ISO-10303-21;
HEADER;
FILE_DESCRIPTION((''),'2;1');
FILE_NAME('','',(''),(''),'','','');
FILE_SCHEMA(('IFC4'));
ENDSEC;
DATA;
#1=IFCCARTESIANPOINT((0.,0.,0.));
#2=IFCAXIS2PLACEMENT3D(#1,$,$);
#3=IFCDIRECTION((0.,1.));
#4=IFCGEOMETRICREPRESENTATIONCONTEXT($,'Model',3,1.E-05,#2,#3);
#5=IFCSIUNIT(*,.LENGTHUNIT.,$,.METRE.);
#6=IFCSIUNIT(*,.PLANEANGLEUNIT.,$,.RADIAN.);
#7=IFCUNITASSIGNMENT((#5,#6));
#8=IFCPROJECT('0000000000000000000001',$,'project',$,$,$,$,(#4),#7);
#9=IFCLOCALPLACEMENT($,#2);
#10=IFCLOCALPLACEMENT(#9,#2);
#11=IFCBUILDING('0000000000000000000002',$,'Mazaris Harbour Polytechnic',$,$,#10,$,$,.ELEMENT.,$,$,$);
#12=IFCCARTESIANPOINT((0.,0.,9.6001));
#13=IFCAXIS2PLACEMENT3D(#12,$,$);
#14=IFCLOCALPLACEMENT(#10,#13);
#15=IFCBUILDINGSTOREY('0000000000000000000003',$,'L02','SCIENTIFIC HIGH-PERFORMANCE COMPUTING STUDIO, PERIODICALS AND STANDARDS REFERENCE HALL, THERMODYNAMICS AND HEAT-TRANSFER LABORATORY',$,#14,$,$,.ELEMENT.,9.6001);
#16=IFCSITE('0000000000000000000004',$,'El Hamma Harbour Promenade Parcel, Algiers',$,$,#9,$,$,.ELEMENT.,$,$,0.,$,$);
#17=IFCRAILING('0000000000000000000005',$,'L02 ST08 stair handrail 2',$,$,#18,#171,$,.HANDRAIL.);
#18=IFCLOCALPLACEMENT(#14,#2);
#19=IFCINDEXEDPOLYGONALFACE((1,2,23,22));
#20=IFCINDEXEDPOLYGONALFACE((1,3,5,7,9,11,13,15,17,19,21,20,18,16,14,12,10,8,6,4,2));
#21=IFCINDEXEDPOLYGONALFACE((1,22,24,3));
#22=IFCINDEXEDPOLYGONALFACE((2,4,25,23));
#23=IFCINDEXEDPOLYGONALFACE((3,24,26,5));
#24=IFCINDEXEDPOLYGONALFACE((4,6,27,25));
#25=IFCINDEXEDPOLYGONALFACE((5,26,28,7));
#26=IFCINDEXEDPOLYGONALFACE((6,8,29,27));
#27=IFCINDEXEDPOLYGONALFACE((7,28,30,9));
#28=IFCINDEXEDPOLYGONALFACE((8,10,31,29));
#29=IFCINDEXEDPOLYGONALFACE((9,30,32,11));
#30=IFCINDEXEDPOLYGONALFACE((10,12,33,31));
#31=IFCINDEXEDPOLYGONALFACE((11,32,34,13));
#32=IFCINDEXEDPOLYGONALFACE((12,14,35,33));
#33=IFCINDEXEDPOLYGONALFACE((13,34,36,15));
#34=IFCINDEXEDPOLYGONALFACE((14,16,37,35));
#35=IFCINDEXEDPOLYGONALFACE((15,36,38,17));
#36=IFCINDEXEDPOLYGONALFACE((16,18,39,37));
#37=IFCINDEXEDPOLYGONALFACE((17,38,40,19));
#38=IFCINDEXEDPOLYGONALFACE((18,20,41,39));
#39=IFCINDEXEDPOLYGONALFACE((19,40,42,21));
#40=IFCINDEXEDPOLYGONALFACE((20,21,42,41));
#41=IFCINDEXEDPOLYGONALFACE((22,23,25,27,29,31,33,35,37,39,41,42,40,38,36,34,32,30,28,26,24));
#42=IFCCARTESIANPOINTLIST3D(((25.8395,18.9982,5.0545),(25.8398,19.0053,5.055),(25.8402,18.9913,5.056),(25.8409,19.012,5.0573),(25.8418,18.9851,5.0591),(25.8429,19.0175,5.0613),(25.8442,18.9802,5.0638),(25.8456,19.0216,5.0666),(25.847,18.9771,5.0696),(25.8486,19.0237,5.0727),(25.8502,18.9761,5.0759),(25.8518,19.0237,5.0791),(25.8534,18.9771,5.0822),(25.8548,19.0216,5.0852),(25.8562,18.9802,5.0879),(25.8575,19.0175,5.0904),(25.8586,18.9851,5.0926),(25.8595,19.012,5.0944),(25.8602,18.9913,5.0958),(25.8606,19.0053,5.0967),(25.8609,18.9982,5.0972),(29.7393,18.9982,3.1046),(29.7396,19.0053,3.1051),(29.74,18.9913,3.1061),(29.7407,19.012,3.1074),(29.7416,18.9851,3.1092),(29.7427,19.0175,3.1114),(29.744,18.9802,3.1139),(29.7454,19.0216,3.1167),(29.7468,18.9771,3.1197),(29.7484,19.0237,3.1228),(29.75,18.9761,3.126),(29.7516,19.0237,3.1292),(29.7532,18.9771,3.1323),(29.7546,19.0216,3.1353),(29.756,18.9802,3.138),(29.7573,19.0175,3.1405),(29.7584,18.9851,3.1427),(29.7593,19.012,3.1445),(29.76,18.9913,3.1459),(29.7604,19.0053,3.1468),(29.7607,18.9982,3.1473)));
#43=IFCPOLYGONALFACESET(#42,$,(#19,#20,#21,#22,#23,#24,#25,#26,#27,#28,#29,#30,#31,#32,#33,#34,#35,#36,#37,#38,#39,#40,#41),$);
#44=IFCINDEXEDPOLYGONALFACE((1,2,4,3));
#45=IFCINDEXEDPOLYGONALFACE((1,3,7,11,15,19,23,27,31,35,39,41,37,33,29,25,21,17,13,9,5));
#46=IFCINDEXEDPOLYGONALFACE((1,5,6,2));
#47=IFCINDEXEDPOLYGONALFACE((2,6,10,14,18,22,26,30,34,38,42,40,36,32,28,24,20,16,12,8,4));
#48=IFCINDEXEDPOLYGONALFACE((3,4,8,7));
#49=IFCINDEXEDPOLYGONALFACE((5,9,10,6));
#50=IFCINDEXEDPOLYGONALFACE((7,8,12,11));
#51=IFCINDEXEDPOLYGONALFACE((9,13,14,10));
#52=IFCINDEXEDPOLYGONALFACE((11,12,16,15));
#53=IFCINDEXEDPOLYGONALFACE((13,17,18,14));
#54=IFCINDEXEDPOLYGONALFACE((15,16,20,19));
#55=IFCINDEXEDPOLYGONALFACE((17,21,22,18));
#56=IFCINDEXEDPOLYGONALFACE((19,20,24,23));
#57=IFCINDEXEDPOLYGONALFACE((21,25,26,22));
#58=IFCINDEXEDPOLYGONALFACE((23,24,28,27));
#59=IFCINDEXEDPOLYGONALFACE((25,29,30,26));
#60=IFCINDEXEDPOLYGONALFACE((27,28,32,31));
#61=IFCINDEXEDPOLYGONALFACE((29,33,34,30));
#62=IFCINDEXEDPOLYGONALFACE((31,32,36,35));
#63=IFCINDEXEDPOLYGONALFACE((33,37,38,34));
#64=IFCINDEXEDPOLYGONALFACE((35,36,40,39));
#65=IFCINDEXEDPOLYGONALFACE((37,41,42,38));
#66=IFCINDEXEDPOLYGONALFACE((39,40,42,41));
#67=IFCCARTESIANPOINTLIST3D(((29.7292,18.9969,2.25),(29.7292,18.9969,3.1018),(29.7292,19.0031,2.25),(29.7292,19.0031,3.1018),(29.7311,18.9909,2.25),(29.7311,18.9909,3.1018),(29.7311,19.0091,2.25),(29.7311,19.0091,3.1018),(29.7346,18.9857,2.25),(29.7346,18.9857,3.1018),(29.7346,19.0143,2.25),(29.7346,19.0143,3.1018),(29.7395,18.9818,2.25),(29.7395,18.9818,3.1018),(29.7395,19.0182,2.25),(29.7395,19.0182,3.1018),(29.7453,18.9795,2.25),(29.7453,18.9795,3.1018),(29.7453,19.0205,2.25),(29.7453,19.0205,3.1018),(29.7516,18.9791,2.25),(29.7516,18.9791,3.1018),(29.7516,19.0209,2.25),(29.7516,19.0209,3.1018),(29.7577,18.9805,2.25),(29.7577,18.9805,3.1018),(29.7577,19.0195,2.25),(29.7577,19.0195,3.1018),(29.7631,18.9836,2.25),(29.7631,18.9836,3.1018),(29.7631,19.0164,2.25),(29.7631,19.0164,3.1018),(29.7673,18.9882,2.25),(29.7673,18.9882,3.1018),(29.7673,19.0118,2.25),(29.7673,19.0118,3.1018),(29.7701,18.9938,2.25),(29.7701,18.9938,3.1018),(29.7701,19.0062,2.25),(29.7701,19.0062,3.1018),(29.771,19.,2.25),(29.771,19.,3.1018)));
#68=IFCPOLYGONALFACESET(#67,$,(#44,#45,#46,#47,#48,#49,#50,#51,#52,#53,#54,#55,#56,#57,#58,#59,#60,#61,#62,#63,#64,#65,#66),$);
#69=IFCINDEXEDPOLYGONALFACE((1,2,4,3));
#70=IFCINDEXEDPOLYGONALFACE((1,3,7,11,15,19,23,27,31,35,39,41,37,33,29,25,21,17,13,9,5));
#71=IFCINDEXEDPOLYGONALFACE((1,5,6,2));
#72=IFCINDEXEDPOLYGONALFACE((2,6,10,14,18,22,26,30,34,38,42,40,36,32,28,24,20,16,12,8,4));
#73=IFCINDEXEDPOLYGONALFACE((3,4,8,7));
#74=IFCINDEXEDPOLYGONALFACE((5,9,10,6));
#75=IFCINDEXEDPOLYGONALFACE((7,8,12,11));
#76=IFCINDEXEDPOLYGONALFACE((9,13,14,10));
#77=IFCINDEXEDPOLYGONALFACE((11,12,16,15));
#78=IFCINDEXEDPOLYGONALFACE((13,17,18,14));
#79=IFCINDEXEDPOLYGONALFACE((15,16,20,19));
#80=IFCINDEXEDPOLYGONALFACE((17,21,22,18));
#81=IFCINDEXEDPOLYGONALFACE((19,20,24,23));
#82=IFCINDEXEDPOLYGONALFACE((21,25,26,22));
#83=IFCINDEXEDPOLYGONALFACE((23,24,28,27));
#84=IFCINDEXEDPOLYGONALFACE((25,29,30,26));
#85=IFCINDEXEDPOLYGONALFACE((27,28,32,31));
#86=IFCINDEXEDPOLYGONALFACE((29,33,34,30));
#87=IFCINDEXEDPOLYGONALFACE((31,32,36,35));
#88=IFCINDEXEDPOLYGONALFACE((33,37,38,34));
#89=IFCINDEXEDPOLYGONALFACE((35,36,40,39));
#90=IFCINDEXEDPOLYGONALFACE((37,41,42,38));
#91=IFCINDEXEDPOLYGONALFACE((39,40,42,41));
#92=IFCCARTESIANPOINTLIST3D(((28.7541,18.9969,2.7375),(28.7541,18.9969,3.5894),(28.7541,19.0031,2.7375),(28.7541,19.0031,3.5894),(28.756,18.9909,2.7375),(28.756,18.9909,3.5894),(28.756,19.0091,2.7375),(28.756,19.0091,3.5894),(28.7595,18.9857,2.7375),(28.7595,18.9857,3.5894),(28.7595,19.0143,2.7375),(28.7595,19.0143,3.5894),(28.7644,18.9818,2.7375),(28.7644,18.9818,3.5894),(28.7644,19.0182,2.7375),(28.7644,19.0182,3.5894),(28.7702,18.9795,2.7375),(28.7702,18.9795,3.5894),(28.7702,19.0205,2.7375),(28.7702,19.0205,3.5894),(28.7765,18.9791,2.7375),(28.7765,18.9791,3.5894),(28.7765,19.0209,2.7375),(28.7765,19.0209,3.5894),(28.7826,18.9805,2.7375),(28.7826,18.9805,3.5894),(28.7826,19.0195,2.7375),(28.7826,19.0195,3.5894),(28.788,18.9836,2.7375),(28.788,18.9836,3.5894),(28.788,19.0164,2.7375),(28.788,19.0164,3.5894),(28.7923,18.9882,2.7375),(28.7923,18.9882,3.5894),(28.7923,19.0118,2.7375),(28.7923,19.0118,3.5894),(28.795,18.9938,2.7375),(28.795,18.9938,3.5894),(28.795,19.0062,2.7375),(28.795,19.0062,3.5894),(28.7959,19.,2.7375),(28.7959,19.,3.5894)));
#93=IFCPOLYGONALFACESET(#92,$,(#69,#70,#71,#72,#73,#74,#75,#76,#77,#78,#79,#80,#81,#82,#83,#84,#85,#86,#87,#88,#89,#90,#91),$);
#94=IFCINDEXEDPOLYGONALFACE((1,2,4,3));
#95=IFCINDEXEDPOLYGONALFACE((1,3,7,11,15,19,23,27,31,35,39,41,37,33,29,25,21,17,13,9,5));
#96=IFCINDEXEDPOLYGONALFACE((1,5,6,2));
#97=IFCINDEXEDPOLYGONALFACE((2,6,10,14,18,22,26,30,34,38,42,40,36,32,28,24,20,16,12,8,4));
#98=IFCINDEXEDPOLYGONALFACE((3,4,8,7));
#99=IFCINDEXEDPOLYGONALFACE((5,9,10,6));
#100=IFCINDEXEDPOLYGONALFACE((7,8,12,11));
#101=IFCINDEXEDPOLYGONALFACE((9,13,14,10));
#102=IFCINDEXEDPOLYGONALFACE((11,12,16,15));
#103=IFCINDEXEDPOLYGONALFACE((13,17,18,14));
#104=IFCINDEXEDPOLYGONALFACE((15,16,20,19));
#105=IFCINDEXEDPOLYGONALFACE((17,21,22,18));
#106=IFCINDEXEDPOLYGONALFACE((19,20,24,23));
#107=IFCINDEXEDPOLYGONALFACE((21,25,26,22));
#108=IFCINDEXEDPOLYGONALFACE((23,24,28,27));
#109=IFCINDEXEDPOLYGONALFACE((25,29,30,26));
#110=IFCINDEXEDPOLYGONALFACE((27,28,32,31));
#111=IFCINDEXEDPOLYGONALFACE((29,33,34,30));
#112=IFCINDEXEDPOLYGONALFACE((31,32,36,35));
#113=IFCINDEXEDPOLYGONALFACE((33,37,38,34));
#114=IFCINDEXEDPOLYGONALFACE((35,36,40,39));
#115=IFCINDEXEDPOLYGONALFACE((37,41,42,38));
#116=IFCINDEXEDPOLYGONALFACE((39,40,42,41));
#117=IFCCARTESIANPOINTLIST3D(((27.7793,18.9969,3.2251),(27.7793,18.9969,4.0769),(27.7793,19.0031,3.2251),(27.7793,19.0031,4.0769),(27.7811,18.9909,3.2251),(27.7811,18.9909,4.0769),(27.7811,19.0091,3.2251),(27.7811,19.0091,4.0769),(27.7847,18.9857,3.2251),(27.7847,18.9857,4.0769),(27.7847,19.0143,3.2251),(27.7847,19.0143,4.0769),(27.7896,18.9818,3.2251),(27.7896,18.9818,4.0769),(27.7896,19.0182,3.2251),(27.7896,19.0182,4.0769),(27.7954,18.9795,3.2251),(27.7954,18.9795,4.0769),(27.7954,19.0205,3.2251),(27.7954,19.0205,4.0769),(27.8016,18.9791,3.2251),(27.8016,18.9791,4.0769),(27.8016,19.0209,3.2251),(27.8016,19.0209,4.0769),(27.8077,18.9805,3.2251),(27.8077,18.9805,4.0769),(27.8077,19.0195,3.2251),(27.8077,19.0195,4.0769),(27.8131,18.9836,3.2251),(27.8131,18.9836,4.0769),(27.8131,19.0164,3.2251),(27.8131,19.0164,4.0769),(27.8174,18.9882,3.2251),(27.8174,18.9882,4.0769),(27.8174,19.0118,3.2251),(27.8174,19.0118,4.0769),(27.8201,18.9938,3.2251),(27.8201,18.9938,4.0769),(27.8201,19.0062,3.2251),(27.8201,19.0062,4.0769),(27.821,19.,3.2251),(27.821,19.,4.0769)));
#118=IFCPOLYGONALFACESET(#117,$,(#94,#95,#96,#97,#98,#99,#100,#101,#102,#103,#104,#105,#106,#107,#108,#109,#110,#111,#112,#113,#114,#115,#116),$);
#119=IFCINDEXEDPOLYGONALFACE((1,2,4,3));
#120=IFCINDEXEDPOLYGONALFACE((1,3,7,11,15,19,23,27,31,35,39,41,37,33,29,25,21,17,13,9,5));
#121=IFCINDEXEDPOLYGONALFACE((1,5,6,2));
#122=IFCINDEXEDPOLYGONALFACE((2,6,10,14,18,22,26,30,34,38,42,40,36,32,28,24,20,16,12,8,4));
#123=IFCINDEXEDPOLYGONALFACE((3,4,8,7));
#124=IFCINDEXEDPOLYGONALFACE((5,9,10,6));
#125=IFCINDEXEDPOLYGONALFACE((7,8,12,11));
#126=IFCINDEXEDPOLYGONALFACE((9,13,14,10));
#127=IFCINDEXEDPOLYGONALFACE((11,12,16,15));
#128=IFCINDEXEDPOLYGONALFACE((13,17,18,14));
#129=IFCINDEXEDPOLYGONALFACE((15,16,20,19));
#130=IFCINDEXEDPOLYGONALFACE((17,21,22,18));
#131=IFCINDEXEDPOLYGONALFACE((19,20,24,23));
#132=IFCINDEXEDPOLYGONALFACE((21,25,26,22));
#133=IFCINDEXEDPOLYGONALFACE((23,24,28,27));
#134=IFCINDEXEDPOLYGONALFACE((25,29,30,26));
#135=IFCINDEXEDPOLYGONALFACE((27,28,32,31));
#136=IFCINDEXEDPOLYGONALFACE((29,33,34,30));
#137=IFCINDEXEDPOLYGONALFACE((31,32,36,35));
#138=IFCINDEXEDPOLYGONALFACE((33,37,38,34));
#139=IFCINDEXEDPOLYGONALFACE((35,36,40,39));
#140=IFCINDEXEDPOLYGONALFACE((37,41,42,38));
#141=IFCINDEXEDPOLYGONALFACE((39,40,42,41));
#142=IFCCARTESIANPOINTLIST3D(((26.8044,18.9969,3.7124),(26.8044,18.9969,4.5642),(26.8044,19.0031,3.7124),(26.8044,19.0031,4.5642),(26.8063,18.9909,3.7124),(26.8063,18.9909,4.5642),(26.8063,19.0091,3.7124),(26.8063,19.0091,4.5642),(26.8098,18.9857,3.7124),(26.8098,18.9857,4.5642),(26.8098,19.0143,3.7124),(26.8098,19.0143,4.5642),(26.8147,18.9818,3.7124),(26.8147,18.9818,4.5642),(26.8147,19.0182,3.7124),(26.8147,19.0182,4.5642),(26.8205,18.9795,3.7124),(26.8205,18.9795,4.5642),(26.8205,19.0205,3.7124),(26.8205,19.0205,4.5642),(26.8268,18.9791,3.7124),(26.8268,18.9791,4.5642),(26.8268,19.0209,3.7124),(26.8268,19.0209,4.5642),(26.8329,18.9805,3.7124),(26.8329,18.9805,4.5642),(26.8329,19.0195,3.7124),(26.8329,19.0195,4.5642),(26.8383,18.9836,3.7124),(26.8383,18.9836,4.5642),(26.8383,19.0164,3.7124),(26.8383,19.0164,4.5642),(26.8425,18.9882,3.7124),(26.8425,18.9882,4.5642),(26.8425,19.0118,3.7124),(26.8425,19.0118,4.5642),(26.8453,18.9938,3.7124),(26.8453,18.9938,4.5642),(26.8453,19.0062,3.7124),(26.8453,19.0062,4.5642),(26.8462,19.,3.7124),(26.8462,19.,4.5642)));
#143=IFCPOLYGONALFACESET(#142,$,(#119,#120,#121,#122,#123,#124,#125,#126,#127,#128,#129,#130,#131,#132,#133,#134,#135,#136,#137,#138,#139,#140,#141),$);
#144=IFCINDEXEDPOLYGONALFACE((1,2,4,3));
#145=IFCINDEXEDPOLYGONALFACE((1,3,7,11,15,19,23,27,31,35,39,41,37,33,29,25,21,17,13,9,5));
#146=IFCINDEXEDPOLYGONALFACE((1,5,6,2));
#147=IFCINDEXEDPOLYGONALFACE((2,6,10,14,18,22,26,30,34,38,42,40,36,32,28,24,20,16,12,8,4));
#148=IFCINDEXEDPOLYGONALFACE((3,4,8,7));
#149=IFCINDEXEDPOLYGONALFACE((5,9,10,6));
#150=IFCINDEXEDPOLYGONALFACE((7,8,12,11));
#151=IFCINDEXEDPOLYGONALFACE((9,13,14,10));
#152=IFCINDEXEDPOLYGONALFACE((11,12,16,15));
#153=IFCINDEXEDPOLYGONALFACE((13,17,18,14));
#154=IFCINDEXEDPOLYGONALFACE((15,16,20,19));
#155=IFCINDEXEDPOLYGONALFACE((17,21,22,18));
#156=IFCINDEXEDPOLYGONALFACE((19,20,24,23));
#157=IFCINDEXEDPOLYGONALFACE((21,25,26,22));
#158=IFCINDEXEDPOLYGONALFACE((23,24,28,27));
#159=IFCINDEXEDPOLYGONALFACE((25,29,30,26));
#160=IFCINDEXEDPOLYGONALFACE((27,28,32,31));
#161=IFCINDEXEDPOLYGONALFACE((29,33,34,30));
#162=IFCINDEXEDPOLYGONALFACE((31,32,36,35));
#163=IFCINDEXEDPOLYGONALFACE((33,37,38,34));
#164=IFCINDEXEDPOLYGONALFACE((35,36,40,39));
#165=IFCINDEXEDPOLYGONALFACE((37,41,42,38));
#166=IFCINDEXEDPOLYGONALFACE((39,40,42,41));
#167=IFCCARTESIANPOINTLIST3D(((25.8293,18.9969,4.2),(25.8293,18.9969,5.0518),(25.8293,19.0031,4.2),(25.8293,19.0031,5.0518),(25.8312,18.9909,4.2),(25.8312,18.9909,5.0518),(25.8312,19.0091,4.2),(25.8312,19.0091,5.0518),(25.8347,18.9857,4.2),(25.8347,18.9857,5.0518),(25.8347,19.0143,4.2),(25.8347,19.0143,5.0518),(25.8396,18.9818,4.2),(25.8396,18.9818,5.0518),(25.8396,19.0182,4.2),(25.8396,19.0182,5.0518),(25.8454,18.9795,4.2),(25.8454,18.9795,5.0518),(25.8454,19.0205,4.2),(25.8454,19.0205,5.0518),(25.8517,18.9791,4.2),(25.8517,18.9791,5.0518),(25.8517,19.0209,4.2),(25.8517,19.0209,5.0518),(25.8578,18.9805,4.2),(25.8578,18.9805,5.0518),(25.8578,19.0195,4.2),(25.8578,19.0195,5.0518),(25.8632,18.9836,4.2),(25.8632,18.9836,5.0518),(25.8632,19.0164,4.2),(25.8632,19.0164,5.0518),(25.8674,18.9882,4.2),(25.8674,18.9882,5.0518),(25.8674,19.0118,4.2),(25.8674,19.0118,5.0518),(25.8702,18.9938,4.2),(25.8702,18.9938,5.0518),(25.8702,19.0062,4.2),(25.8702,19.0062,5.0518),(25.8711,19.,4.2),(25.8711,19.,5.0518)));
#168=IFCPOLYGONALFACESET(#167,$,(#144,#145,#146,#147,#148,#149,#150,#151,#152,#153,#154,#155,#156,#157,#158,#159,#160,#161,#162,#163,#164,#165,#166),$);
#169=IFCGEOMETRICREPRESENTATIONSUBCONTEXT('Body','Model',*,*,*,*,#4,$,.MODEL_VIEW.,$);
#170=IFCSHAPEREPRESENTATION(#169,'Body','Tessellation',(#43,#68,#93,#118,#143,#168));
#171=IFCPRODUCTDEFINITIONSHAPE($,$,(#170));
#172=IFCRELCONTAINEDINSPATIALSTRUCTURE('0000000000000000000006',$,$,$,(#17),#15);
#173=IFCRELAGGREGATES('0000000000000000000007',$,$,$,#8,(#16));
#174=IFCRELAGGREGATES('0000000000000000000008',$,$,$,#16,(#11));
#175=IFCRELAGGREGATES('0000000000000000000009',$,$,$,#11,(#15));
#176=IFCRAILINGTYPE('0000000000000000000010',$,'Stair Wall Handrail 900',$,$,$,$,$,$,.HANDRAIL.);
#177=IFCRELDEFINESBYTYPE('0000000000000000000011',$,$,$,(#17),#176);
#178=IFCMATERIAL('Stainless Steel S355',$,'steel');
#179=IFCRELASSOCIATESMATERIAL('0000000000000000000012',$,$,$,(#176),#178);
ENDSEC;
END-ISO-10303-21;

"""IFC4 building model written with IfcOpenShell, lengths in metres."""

from ifc_helpers import new_model, si_unit, direction, frame, origin, origin_2d, place, context, subcontext, project, spatial, circle, extrude, material, type_object, element, save


model = new_model("IFC4")

# Units and contexts
model_context = context("Model", 3, precision=1e-05, world=origin(), true_north=direction((0.0, 1.0)))
body_context = subcontext(model_context, "Body", "Model", "MODEL_VIEW")
ifc_project = project(units=[si_unit("LENGTHUNIT", "METRE"), si_unit("PLANEANGLEUNIT", "RADIAN")], contexts=[model_context])

# Site, building, storey
site_placement = place(None, origin())
site = spatial("IfcSite", under=ifc_project, at=site_placement, Name="El Hamma Harbour Promenade Parcel, Algiers", CompositionType="ELEMENT", RefElevation=0.0)
building_placement = place(site_placement, origin())
building = spatial("IfcBuilding", under=site, at=building_placement, Name="Mazaris Harbour Polytechnic", CompositionType="ELEMENT")
storey_placement = place(building_placement, frame((0.0, 0.0, 9.6001)))
storey = spatial("IfcBuildingStorey", under=building, at=storey_placement, Name="L02", Description="SCIENTIFIC HIGH-PERFORMANCE COMPUTING STUDIO, PERIODICALS AND STANDARDS REFERENCE HALL, THERMODYNAMICS AND HEAT-TRANSFER LABORATORY", CompositionType="ELEMENT", Elevation=9.6001)

# Railing
ifc_material_1 = material(Name="Stainless Steel S355", Category="steel")
railing_type_1 = type_object("IfcRailingType", Name="Stair Wall Handrail 900", PredefinedType="HANDRAIL", material=ifc_material_1)
railing_1_placement = place(storey_placement, frame((29.75, 19.0, 2.25)))
element("IfcRailing", 1, at=railing_1_placement, inside=storey, type_object=railing_type_1, Name="L02 ST08 stair handrail 2", PredefinedType="HANDRAIL", context=body_context, shape_type="SweptSolid", body=[
    extrude(circle(Radius=0.0239, at=origin_2d()), frame((0.0, 0.0, 0.876), z_axis=(-0.894427, 0.0, 0.447214), x_axis=(0.0, -1.0, 0.0)), (0.0, 0.0, 1.0), 4.3601),
    extrude(circle(Radius=0.021, at=origin_2d()), origin(), (0.0, 0.0, 1.0), 0.8518),
    extrude(circle(Radius=0.021, at=origin_2d()), frame((-0.9751, 0.0, 0.4875)), (0.0, 0.0, 1.0), 0.8518),
    extrude(circle(Radius=0.021, at=origin_2d()), frame((-1.95, 0.0, 0.9751)), (0.0, 0.0, 1.0), 0.8518),
    extrude(circle(Radius=0.021, at=origin_2d()), frame((-2.9248, 0.0, 1.4624)), (0.0, 0.0, 1.0), 0.8518),
    extrude(circle(Radius=0.021, at=origin_2d()), frame((-3.8999, 0.0, 1.95)), (0.0, 0.0, 1.0), 0.8518),
])

save(model, "model.ifc")
